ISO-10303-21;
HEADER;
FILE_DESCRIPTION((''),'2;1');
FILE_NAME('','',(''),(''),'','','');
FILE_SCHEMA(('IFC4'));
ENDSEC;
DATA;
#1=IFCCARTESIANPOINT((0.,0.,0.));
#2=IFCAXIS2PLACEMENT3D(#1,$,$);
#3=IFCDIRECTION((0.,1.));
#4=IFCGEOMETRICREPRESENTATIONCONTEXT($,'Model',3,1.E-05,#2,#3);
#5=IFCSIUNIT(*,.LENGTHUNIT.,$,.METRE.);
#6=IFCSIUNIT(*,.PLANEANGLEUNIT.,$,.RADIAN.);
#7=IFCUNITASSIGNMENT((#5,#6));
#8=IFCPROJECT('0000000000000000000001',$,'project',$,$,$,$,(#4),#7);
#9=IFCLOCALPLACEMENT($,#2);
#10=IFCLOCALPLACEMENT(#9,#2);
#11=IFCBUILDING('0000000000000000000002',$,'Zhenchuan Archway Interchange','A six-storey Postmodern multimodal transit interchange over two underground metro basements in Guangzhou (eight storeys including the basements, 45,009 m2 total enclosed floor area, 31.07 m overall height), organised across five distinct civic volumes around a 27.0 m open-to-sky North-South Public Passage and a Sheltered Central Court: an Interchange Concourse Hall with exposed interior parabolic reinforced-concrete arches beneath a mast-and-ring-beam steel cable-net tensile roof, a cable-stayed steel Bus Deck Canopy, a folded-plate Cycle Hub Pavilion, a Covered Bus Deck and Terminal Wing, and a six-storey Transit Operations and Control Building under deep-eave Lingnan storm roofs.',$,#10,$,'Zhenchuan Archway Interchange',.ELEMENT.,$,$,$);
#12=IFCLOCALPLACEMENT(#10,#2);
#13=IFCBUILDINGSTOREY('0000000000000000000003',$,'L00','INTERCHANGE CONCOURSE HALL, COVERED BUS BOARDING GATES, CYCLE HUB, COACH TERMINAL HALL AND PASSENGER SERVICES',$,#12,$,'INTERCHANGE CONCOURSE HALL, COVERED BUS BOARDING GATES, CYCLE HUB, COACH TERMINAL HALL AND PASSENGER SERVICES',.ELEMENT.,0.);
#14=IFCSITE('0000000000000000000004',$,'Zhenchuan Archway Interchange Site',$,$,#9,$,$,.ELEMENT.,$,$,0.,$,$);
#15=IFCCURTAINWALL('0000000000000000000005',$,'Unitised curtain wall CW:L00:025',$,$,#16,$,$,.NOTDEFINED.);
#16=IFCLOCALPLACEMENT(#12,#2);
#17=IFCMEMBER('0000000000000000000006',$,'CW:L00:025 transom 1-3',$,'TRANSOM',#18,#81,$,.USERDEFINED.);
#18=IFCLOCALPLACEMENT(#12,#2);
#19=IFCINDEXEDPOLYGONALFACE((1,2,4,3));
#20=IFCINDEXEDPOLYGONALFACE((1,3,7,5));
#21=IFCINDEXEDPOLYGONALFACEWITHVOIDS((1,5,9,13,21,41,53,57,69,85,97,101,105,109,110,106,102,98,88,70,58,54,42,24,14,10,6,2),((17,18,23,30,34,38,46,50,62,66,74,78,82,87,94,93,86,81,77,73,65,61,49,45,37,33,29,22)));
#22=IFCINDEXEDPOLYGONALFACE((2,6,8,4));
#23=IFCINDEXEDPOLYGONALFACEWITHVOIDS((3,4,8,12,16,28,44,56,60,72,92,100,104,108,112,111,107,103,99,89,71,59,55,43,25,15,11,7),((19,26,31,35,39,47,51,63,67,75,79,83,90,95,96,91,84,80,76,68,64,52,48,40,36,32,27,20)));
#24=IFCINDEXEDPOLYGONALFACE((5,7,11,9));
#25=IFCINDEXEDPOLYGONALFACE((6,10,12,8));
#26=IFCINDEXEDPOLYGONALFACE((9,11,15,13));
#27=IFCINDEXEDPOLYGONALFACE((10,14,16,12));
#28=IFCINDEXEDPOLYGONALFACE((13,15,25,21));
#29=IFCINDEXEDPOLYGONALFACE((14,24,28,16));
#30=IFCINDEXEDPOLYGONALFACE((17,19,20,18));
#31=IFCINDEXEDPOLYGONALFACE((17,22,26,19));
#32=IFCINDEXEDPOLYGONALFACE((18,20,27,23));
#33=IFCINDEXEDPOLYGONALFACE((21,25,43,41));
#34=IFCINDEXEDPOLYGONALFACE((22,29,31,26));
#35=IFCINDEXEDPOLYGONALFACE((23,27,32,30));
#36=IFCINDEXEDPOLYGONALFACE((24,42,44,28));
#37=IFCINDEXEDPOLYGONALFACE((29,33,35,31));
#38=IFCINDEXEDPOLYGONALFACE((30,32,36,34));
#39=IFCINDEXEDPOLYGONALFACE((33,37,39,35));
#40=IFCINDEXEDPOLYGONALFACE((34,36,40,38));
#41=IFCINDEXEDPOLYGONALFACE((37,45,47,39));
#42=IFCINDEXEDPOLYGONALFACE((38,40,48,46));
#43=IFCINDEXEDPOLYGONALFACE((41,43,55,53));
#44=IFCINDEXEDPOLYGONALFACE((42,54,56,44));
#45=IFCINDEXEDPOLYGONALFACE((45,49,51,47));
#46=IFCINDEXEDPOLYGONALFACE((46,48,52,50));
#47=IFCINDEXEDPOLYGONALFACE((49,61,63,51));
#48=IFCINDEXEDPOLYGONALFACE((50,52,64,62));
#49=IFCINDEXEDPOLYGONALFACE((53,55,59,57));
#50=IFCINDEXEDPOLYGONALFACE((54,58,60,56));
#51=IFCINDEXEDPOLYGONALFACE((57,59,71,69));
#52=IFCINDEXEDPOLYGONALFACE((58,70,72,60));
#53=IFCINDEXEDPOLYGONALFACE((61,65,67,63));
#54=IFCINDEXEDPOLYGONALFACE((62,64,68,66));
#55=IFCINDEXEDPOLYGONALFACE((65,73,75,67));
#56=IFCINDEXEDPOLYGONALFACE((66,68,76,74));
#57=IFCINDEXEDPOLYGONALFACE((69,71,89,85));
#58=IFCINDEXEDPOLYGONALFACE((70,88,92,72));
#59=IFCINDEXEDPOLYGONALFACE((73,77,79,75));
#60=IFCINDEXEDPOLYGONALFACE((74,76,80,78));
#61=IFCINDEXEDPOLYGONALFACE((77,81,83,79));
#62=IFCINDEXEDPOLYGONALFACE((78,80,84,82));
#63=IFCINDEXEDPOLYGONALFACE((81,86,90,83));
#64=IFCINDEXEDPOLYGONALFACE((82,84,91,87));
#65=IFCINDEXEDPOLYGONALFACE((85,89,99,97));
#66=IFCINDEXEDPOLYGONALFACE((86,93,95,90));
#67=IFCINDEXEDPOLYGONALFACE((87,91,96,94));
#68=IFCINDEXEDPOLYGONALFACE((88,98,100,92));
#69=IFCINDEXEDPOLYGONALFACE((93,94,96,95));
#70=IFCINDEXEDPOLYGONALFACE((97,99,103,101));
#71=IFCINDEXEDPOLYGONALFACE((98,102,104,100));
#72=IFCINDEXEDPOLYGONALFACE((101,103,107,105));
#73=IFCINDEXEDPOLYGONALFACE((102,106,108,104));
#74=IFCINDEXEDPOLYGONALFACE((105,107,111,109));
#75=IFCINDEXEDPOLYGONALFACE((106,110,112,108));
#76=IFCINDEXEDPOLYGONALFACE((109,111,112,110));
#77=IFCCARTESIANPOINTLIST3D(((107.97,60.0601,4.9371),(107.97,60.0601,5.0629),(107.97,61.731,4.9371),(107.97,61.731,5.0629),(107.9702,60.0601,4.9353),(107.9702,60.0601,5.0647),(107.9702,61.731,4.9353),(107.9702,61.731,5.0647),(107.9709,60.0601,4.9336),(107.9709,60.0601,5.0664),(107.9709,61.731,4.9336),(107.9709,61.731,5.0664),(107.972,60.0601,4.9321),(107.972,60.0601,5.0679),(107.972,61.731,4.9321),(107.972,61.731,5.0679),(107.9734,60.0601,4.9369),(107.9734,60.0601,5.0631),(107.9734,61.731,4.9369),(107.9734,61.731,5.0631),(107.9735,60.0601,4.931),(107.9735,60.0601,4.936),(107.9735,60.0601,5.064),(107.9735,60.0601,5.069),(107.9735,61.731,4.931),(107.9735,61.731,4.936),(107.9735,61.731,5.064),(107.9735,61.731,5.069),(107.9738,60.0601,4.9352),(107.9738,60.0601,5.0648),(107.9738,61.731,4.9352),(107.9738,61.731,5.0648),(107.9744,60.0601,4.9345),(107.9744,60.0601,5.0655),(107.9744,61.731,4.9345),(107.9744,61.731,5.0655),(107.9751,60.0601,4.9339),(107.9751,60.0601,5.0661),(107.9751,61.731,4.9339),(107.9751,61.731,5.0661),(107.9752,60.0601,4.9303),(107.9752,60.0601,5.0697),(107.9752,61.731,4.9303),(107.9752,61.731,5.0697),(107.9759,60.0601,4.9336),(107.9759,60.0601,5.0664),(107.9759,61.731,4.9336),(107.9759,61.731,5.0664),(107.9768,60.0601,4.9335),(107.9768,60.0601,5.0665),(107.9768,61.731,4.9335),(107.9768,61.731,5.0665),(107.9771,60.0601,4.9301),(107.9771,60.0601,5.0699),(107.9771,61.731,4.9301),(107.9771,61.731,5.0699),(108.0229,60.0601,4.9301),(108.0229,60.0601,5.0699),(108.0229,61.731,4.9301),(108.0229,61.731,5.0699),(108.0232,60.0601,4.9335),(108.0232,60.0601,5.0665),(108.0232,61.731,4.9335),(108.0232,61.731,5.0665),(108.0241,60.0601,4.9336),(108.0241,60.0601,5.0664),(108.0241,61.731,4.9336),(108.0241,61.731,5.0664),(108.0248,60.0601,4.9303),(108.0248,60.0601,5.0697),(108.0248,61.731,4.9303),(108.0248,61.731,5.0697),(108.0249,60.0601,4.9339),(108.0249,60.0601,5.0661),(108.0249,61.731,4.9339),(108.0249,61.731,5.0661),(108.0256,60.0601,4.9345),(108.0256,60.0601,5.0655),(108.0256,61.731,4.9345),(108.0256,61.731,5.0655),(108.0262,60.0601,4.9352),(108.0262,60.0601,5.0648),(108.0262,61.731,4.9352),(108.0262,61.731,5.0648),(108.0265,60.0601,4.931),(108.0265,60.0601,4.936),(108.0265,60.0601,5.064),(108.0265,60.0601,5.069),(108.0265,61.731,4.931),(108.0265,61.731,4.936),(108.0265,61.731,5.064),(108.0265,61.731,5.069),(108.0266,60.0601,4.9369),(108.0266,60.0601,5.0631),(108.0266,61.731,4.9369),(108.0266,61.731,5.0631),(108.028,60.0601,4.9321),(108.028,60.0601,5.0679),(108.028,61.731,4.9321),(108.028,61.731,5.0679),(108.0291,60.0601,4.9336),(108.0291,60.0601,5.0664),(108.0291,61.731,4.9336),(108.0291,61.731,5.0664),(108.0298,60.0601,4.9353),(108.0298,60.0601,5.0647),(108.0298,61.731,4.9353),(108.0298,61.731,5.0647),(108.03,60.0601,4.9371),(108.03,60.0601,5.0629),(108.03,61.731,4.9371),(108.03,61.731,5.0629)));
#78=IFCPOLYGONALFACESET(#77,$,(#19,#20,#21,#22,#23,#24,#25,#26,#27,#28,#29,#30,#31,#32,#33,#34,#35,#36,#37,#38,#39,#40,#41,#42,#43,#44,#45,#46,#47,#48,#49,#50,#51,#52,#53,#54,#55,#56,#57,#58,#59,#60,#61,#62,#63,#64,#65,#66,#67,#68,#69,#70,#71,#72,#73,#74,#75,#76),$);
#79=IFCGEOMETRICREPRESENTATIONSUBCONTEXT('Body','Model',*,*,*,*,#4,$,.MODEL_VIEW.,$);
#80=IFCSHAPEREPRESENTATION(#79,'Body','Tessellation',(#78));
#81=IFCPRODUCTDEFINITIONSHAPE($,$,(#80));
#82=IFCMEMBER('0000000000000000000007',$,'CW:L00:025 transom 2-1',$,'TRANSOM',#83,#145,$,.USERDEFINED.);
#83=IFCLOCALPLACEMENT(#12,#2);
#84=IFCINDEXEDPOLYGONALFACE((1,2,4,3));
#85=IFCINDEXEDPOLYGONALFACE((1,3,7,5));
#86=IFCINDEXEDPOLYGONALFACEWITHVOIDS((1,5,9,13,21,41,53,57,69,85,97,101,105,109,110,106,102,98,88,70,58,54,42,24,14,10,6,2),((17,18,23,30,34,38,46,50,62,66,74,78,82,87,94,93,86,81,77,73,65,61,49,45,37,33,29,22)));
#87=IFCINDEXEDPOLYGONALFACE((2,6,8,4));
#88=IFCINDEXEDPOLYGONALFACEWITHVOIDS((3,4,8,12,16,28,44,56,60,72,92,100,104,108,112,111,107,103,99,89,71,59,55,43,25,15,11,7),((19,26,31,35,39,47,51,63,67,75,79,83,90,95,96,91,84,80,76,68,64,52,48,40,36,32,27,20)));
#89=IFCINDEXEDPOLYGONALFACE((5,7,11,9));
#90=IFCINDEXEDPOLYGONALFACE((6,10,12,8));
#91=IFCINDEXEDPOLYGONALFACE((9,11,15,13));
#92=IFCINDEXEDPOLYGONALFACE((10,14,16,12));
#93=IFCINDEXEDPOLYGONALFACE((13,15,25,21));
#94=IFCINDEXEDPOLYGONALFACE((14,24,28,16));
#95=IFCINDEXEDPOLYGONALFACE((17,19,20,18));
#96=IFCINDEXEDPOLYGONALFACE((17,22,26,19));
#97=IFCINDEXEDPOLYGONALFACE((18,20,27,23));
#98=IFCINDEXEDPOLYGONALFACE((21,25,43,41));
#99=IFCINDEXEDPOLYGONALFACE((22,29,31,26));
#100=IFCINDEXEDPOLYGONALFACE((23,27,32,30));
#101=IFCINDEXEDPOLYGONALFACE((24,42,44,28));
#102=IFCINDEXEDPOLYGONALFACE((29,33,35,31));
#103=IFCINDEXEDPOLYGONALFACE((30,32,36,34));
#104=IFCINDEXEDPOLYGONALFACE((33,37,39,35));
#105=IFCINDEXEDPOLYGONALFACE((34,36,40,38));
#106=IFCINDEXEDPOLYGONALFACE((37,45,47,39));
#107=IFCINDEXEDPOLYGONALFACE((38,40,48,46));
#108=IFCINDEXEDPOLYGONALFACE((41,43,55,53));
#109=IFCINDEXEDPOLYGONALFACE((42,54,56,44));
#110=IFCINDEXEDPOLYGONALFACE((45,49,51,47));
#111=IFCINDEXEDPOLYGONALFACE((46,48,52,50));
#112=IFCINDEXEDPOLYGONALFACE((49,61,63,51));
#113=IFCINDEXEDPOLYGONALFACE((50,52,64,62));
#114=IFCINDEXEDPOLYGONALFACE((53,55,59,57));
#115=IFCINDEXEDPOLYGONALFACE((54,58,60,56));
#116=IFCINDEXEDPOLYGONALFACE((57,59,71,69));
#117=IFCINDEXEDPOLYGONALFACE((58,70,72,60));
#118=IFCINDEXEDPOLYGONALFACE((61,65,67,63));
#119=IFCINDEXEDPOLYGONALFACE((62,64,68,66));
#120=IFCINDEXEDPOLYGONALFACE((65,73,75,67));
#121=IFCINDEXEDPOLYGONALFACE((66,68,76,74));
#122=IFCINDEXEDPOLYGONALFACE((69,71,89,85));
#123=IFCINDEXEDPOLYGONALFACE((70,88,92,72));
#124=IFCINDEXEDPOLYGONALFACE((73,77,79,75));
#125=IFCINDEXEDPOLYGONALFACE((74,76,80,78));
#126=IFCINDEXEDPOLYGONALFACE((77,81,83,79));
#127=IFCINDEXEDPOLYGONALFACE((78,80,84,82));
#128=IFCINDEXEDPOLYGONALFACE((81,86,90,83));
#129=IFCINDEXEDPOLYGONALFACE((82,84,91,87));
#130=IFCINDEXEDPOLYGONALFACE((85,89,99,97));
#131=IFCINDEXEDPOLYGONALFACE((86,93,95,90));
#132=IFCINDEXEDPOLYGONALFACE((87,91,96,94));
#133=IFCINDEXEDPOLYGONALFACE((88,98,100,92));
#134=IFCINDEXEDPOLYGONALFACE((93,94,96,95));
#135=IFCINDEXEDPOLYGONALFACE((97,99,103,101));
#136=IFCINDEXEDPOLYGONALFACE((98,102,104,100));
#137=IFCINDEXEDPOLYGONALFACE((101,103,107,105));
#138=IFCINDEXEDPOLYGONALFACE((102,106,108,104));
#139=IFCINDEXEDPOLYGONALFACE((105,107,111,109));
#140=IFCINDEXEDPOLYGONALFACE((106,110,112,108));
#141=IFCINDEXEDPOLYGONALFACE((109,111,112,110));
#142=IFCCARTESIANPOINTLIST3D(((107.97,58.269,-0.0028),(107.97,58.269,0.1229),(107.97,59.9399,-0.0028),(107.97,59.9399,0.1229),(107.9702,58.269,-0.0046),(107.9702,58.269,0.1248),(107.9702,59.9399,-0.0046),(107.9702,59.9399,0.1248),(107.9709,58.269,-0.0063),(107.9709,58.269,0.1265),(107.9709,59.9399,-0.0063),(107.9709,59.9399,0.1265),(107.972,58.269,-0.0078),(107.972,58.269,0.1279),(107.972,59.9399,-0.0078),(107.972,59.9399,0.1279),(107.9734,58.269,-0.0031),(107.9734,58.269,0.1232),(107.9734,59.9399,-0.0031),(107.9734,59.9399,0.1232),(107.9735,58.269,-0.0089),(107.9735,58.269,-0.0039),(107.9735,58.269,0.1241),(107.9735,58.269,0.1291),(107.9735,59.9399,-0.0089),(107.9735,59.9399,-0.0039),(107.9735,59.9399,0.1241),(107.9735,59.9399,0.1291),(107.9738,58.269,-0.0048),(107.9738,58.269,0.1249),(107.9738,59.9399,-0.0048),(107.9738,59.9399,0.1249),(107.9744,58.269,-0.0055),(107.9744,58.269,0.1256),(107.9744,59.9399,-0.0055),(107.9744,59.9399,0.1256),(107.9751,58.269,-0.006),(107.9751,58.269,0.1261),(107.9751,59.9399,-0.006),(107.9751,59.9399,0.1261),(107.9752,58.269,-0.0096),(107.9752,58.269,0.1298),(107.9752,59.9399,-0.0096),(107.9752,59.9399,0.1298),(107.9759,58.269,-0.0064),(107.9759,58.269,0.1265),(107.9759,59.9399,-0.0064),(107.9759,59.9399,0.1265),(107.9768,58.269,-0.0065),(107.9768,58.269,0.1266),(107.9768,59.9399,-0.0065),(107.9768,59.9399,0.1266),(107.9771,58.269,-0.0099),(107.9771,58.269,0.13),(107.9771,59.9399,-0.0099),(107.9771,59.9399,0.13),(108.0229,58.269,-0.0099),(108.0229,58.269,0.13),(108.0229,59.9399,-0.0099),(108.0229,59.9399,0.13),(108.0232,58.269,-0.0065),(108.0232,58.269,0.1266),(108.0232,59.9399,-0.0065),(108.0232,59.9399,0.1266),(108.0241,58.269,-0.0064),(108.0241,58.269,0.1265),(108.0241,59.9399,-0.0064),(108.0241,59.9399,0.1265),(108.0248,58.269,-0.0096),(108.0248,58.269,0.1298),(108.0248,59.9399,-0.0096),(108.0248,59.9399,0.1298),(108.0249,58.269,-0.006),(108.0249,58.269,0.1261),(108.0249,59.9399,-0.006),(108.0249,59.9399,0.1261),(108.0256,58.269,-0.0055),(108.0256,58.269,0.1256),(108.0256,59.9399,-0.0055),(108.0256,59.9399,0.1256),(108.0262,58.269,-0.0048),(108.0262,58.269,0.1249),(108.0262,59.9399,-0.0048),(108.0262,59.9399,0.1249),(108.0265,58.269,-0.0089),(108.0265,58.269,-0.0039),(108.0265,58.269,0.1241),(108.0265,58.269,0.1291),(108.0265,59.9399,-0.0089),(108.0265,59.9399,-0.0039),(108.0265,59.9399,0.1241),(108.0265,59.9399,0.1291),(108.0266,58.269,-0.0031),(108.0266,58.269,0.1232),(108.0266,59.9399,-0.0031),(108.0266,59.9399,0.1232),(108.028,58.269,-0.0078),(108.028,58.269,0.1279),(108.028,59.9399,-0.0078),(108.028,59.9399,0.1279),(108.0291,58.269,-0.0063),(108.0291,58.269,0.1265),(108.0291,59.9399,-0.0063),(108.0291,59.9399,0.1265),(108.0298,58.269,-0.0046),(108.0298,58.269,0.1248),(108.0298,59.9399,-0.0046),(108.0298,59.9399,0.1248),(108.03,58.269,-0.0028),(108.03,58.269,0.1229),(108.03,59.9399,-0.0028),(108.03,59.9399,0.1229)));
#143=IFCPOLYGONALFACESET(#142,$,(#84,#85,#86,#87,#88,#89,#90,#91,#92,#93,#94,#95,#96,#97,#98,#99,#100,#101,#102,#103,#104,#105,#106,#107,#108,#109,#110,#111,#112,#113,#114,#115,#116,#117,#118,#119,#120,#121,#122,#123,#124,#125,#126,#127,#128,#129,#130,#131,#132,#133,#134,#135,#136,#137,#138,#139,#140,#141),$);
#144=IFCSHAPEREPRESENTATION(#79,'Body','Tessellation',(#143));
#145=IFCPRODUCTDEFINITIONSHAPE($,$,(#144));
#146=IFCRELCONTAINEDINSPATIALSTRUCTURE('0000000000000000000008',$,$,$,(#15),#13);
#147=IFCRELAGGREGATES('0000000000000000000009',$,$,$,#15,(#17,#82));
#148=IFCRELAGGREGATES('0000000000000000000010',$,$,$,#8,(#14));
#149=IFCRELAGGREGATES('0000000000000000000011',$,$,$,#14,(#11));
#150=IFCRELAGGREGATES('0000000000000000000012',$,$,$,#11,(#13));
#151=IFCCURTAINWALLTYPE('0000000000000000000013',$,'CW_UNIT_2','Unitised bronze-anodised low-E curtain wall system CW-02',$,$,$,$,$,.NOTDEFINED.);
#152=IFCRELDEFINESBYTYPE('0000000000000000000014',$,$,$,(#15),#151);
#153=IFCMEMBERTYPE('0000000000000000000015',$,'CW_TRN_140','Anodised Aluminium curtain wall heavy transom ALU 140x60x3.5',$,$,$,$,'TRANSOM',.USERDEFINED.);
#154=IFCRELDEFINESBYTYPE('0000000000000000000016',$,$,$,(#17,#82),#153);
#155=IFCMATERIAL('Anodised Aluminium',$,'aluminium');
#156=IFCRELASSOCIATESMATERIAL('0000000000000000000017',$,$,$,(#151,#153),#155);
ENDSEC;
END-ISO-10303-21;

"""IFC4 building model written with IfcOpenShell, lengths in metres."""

from ifc_helpers import new_model, si_unit, direction, frame, origin, origin_2d, place, context, subcontext, project, spatial, hollow_rectangle, extrude, material, material_profile, profile_set, type_object, element, aggregate, save


model = new_model("IFC4")

# Units and contexts
model_context = context("Model", 3, precision=1e-05, world=origin(), true_north=direction((0.0, 1.0)))
body_context = subcontext(model_context, "Body", "Model", "MODEL_VIEW")
ifc_project = project(units=[si_unit("LENGTHUNIT", "METRE"), si_unit("PLANEANGLEUNIT", "RADIAN")], contexts=[model_context])

# Site, building, storey
site_placement = place(None, origin())
site = spatial("IfcSite", under=ifc_project, at=site_placement, Name="Zhenchuan Archway Interchange Site", CompositionType="ELEMENT", RefElevation=0.0)
building_placement = place(site_placement, origin())
building = spatial("IfcBuilding", under=site, at=building_placement, Name="Zhenchuan Archway Interchange", Description="A six-storey Postmodern multimodal transit interchange over two underground metro basements in Guangzhou (eight storeys including the basements, 45,009 m2 total enclosed floor area, 31.07 m overall height), organised across five distinct civic volumes around a 27.0 m open-to-sky North-South Public Passage and a Sheltered Central Court: an Interchange Concourse Hall with exposed interior parabolic reinforced-concrete arches beneath a mast-and-ring-beam steel cable-net tensile roof, a cable-stayed steel Bus Deck Canopy, a folded-plate Cycle Hub Pavilion, a Covered Bus Deck and Terminal Wing, and a six-storey Transit Operations and Control Building under deep-eave Lingnan storm roofs.", LongName="Zhenchuan Archway Interchange", CompositionType="ELEMENT")
storey_placement = place(building_placement, origin())
storey = spatial("IfcBuildingStorey", under=building, at=storey_placement, Name="L00", Description="INTERCHANGE CONCOURSE HALL, COVERED BUS BOARDING GATES, CYCLE HUB, COACH TERMINAL HALL AND PASSENGER SERVICES", LongName="INTERCHANGE CONCOURSE HALL, COVERED BUS BOARDING GATES, CYCLE HUB, COACH TERMINAL HALL AND PASSENGER SERVICES", CompositionType="ELEMENT", Elevation=0.0)

# Curtain wall, members
ifc_material_1 = material(Name="Anodised Aluminium", Category="aluminium")
curtain_wall_type = type_object("IfcCurtainWallType", Name="CW_UNIT_2", Description="Unitised bronze-anodised low-E curtain wall system CW-02", PredefinedType="NOTDEFINED", material=ifc_material_1)
curtain_wall_placement = place(storey_placement, origin())
curtain_wall = element("IfcCurtainWall", 1, at=curtain_wall_placement, inside=storey, type_object=curtain_wall_type, Name="Unitised curtain wall CW:L00:025", PredefinedType="NOTDEFINED")
ifc_material_profile_1 = material_profile(ifc_material_1, hollow_rectangle(XDim=0.0601, YDim=0.1399, WallThickness=0.0034, InnerFilletRadius=0.0034, OuterFilletRadius=0.0071, at=origin_2d()), Name="ALU 140x60x3.5")
ifc_profile_set_1 = profile_set([ifc_material_profile_1], Name="Anodised Aluminium")
member_type_1 = type_object("IfcMemberType", Name="CW_TRN_140", Description="Anodised Aluminium curtain wall heavy transom ALU 140x60x3.5", ElementType="TRANSOM", PredefinedType="USERDEFINED", material=ifc_profile_set_1)
member_1_placement = place(storey_placement, frame((108.0, 61.731, 5.0), z_axis=(0.0, -1.0, 0.0), x_axis=(1.0, 0.0, 0.0)))
member_1 = element("IfcMember", 2, at=member_1_placement, type_object=member_type_1, Name="CW:L00:025 transom 1-3", ObjectType="TRANSOM", PredefinedType="USERDEFINED", context=body_context, shape_type="SweptSolid", body=[
    extrude(hollow_rectangle(XDim=0.0601, YDim=0.1399, WallThickness=0.0034, InnerFilletRadius=0.0034, OuterFilletRadius=0.0071, at=origin_2d()), origin(), (0.0, 0.0, 1.0), 1.6709),
])
member_2_placement = place(storey_placement, frame((108.0, 59.9399, 0.0601), z_axis=(0.0, -1.0, 0.0), x_axis=(1.0, 0.0, 0.0)))
member_2 = element("IfcMember", 3, at=member_2_placement, type_object=member_type_1, Name="CW:L00:025 transom 2-1", ObjectType="TRANSOM", PredefinedType="USERDEFINED", context=body_context, shape_type="SweptSolid", body=[
    extrude(hollow_rectangle(XDim=0.0601, YDim=0.1399, WallThickness=0.0034, InnerFilletRadius=0.0034, OuterFilletRadius=0.0071, at=origin_2d()), origin(), (0.0, 0.0, 1.0), 1.6709),
])
aggregate(curtain_wall, [member_1, member_2])

save(model, "model.ifc")
